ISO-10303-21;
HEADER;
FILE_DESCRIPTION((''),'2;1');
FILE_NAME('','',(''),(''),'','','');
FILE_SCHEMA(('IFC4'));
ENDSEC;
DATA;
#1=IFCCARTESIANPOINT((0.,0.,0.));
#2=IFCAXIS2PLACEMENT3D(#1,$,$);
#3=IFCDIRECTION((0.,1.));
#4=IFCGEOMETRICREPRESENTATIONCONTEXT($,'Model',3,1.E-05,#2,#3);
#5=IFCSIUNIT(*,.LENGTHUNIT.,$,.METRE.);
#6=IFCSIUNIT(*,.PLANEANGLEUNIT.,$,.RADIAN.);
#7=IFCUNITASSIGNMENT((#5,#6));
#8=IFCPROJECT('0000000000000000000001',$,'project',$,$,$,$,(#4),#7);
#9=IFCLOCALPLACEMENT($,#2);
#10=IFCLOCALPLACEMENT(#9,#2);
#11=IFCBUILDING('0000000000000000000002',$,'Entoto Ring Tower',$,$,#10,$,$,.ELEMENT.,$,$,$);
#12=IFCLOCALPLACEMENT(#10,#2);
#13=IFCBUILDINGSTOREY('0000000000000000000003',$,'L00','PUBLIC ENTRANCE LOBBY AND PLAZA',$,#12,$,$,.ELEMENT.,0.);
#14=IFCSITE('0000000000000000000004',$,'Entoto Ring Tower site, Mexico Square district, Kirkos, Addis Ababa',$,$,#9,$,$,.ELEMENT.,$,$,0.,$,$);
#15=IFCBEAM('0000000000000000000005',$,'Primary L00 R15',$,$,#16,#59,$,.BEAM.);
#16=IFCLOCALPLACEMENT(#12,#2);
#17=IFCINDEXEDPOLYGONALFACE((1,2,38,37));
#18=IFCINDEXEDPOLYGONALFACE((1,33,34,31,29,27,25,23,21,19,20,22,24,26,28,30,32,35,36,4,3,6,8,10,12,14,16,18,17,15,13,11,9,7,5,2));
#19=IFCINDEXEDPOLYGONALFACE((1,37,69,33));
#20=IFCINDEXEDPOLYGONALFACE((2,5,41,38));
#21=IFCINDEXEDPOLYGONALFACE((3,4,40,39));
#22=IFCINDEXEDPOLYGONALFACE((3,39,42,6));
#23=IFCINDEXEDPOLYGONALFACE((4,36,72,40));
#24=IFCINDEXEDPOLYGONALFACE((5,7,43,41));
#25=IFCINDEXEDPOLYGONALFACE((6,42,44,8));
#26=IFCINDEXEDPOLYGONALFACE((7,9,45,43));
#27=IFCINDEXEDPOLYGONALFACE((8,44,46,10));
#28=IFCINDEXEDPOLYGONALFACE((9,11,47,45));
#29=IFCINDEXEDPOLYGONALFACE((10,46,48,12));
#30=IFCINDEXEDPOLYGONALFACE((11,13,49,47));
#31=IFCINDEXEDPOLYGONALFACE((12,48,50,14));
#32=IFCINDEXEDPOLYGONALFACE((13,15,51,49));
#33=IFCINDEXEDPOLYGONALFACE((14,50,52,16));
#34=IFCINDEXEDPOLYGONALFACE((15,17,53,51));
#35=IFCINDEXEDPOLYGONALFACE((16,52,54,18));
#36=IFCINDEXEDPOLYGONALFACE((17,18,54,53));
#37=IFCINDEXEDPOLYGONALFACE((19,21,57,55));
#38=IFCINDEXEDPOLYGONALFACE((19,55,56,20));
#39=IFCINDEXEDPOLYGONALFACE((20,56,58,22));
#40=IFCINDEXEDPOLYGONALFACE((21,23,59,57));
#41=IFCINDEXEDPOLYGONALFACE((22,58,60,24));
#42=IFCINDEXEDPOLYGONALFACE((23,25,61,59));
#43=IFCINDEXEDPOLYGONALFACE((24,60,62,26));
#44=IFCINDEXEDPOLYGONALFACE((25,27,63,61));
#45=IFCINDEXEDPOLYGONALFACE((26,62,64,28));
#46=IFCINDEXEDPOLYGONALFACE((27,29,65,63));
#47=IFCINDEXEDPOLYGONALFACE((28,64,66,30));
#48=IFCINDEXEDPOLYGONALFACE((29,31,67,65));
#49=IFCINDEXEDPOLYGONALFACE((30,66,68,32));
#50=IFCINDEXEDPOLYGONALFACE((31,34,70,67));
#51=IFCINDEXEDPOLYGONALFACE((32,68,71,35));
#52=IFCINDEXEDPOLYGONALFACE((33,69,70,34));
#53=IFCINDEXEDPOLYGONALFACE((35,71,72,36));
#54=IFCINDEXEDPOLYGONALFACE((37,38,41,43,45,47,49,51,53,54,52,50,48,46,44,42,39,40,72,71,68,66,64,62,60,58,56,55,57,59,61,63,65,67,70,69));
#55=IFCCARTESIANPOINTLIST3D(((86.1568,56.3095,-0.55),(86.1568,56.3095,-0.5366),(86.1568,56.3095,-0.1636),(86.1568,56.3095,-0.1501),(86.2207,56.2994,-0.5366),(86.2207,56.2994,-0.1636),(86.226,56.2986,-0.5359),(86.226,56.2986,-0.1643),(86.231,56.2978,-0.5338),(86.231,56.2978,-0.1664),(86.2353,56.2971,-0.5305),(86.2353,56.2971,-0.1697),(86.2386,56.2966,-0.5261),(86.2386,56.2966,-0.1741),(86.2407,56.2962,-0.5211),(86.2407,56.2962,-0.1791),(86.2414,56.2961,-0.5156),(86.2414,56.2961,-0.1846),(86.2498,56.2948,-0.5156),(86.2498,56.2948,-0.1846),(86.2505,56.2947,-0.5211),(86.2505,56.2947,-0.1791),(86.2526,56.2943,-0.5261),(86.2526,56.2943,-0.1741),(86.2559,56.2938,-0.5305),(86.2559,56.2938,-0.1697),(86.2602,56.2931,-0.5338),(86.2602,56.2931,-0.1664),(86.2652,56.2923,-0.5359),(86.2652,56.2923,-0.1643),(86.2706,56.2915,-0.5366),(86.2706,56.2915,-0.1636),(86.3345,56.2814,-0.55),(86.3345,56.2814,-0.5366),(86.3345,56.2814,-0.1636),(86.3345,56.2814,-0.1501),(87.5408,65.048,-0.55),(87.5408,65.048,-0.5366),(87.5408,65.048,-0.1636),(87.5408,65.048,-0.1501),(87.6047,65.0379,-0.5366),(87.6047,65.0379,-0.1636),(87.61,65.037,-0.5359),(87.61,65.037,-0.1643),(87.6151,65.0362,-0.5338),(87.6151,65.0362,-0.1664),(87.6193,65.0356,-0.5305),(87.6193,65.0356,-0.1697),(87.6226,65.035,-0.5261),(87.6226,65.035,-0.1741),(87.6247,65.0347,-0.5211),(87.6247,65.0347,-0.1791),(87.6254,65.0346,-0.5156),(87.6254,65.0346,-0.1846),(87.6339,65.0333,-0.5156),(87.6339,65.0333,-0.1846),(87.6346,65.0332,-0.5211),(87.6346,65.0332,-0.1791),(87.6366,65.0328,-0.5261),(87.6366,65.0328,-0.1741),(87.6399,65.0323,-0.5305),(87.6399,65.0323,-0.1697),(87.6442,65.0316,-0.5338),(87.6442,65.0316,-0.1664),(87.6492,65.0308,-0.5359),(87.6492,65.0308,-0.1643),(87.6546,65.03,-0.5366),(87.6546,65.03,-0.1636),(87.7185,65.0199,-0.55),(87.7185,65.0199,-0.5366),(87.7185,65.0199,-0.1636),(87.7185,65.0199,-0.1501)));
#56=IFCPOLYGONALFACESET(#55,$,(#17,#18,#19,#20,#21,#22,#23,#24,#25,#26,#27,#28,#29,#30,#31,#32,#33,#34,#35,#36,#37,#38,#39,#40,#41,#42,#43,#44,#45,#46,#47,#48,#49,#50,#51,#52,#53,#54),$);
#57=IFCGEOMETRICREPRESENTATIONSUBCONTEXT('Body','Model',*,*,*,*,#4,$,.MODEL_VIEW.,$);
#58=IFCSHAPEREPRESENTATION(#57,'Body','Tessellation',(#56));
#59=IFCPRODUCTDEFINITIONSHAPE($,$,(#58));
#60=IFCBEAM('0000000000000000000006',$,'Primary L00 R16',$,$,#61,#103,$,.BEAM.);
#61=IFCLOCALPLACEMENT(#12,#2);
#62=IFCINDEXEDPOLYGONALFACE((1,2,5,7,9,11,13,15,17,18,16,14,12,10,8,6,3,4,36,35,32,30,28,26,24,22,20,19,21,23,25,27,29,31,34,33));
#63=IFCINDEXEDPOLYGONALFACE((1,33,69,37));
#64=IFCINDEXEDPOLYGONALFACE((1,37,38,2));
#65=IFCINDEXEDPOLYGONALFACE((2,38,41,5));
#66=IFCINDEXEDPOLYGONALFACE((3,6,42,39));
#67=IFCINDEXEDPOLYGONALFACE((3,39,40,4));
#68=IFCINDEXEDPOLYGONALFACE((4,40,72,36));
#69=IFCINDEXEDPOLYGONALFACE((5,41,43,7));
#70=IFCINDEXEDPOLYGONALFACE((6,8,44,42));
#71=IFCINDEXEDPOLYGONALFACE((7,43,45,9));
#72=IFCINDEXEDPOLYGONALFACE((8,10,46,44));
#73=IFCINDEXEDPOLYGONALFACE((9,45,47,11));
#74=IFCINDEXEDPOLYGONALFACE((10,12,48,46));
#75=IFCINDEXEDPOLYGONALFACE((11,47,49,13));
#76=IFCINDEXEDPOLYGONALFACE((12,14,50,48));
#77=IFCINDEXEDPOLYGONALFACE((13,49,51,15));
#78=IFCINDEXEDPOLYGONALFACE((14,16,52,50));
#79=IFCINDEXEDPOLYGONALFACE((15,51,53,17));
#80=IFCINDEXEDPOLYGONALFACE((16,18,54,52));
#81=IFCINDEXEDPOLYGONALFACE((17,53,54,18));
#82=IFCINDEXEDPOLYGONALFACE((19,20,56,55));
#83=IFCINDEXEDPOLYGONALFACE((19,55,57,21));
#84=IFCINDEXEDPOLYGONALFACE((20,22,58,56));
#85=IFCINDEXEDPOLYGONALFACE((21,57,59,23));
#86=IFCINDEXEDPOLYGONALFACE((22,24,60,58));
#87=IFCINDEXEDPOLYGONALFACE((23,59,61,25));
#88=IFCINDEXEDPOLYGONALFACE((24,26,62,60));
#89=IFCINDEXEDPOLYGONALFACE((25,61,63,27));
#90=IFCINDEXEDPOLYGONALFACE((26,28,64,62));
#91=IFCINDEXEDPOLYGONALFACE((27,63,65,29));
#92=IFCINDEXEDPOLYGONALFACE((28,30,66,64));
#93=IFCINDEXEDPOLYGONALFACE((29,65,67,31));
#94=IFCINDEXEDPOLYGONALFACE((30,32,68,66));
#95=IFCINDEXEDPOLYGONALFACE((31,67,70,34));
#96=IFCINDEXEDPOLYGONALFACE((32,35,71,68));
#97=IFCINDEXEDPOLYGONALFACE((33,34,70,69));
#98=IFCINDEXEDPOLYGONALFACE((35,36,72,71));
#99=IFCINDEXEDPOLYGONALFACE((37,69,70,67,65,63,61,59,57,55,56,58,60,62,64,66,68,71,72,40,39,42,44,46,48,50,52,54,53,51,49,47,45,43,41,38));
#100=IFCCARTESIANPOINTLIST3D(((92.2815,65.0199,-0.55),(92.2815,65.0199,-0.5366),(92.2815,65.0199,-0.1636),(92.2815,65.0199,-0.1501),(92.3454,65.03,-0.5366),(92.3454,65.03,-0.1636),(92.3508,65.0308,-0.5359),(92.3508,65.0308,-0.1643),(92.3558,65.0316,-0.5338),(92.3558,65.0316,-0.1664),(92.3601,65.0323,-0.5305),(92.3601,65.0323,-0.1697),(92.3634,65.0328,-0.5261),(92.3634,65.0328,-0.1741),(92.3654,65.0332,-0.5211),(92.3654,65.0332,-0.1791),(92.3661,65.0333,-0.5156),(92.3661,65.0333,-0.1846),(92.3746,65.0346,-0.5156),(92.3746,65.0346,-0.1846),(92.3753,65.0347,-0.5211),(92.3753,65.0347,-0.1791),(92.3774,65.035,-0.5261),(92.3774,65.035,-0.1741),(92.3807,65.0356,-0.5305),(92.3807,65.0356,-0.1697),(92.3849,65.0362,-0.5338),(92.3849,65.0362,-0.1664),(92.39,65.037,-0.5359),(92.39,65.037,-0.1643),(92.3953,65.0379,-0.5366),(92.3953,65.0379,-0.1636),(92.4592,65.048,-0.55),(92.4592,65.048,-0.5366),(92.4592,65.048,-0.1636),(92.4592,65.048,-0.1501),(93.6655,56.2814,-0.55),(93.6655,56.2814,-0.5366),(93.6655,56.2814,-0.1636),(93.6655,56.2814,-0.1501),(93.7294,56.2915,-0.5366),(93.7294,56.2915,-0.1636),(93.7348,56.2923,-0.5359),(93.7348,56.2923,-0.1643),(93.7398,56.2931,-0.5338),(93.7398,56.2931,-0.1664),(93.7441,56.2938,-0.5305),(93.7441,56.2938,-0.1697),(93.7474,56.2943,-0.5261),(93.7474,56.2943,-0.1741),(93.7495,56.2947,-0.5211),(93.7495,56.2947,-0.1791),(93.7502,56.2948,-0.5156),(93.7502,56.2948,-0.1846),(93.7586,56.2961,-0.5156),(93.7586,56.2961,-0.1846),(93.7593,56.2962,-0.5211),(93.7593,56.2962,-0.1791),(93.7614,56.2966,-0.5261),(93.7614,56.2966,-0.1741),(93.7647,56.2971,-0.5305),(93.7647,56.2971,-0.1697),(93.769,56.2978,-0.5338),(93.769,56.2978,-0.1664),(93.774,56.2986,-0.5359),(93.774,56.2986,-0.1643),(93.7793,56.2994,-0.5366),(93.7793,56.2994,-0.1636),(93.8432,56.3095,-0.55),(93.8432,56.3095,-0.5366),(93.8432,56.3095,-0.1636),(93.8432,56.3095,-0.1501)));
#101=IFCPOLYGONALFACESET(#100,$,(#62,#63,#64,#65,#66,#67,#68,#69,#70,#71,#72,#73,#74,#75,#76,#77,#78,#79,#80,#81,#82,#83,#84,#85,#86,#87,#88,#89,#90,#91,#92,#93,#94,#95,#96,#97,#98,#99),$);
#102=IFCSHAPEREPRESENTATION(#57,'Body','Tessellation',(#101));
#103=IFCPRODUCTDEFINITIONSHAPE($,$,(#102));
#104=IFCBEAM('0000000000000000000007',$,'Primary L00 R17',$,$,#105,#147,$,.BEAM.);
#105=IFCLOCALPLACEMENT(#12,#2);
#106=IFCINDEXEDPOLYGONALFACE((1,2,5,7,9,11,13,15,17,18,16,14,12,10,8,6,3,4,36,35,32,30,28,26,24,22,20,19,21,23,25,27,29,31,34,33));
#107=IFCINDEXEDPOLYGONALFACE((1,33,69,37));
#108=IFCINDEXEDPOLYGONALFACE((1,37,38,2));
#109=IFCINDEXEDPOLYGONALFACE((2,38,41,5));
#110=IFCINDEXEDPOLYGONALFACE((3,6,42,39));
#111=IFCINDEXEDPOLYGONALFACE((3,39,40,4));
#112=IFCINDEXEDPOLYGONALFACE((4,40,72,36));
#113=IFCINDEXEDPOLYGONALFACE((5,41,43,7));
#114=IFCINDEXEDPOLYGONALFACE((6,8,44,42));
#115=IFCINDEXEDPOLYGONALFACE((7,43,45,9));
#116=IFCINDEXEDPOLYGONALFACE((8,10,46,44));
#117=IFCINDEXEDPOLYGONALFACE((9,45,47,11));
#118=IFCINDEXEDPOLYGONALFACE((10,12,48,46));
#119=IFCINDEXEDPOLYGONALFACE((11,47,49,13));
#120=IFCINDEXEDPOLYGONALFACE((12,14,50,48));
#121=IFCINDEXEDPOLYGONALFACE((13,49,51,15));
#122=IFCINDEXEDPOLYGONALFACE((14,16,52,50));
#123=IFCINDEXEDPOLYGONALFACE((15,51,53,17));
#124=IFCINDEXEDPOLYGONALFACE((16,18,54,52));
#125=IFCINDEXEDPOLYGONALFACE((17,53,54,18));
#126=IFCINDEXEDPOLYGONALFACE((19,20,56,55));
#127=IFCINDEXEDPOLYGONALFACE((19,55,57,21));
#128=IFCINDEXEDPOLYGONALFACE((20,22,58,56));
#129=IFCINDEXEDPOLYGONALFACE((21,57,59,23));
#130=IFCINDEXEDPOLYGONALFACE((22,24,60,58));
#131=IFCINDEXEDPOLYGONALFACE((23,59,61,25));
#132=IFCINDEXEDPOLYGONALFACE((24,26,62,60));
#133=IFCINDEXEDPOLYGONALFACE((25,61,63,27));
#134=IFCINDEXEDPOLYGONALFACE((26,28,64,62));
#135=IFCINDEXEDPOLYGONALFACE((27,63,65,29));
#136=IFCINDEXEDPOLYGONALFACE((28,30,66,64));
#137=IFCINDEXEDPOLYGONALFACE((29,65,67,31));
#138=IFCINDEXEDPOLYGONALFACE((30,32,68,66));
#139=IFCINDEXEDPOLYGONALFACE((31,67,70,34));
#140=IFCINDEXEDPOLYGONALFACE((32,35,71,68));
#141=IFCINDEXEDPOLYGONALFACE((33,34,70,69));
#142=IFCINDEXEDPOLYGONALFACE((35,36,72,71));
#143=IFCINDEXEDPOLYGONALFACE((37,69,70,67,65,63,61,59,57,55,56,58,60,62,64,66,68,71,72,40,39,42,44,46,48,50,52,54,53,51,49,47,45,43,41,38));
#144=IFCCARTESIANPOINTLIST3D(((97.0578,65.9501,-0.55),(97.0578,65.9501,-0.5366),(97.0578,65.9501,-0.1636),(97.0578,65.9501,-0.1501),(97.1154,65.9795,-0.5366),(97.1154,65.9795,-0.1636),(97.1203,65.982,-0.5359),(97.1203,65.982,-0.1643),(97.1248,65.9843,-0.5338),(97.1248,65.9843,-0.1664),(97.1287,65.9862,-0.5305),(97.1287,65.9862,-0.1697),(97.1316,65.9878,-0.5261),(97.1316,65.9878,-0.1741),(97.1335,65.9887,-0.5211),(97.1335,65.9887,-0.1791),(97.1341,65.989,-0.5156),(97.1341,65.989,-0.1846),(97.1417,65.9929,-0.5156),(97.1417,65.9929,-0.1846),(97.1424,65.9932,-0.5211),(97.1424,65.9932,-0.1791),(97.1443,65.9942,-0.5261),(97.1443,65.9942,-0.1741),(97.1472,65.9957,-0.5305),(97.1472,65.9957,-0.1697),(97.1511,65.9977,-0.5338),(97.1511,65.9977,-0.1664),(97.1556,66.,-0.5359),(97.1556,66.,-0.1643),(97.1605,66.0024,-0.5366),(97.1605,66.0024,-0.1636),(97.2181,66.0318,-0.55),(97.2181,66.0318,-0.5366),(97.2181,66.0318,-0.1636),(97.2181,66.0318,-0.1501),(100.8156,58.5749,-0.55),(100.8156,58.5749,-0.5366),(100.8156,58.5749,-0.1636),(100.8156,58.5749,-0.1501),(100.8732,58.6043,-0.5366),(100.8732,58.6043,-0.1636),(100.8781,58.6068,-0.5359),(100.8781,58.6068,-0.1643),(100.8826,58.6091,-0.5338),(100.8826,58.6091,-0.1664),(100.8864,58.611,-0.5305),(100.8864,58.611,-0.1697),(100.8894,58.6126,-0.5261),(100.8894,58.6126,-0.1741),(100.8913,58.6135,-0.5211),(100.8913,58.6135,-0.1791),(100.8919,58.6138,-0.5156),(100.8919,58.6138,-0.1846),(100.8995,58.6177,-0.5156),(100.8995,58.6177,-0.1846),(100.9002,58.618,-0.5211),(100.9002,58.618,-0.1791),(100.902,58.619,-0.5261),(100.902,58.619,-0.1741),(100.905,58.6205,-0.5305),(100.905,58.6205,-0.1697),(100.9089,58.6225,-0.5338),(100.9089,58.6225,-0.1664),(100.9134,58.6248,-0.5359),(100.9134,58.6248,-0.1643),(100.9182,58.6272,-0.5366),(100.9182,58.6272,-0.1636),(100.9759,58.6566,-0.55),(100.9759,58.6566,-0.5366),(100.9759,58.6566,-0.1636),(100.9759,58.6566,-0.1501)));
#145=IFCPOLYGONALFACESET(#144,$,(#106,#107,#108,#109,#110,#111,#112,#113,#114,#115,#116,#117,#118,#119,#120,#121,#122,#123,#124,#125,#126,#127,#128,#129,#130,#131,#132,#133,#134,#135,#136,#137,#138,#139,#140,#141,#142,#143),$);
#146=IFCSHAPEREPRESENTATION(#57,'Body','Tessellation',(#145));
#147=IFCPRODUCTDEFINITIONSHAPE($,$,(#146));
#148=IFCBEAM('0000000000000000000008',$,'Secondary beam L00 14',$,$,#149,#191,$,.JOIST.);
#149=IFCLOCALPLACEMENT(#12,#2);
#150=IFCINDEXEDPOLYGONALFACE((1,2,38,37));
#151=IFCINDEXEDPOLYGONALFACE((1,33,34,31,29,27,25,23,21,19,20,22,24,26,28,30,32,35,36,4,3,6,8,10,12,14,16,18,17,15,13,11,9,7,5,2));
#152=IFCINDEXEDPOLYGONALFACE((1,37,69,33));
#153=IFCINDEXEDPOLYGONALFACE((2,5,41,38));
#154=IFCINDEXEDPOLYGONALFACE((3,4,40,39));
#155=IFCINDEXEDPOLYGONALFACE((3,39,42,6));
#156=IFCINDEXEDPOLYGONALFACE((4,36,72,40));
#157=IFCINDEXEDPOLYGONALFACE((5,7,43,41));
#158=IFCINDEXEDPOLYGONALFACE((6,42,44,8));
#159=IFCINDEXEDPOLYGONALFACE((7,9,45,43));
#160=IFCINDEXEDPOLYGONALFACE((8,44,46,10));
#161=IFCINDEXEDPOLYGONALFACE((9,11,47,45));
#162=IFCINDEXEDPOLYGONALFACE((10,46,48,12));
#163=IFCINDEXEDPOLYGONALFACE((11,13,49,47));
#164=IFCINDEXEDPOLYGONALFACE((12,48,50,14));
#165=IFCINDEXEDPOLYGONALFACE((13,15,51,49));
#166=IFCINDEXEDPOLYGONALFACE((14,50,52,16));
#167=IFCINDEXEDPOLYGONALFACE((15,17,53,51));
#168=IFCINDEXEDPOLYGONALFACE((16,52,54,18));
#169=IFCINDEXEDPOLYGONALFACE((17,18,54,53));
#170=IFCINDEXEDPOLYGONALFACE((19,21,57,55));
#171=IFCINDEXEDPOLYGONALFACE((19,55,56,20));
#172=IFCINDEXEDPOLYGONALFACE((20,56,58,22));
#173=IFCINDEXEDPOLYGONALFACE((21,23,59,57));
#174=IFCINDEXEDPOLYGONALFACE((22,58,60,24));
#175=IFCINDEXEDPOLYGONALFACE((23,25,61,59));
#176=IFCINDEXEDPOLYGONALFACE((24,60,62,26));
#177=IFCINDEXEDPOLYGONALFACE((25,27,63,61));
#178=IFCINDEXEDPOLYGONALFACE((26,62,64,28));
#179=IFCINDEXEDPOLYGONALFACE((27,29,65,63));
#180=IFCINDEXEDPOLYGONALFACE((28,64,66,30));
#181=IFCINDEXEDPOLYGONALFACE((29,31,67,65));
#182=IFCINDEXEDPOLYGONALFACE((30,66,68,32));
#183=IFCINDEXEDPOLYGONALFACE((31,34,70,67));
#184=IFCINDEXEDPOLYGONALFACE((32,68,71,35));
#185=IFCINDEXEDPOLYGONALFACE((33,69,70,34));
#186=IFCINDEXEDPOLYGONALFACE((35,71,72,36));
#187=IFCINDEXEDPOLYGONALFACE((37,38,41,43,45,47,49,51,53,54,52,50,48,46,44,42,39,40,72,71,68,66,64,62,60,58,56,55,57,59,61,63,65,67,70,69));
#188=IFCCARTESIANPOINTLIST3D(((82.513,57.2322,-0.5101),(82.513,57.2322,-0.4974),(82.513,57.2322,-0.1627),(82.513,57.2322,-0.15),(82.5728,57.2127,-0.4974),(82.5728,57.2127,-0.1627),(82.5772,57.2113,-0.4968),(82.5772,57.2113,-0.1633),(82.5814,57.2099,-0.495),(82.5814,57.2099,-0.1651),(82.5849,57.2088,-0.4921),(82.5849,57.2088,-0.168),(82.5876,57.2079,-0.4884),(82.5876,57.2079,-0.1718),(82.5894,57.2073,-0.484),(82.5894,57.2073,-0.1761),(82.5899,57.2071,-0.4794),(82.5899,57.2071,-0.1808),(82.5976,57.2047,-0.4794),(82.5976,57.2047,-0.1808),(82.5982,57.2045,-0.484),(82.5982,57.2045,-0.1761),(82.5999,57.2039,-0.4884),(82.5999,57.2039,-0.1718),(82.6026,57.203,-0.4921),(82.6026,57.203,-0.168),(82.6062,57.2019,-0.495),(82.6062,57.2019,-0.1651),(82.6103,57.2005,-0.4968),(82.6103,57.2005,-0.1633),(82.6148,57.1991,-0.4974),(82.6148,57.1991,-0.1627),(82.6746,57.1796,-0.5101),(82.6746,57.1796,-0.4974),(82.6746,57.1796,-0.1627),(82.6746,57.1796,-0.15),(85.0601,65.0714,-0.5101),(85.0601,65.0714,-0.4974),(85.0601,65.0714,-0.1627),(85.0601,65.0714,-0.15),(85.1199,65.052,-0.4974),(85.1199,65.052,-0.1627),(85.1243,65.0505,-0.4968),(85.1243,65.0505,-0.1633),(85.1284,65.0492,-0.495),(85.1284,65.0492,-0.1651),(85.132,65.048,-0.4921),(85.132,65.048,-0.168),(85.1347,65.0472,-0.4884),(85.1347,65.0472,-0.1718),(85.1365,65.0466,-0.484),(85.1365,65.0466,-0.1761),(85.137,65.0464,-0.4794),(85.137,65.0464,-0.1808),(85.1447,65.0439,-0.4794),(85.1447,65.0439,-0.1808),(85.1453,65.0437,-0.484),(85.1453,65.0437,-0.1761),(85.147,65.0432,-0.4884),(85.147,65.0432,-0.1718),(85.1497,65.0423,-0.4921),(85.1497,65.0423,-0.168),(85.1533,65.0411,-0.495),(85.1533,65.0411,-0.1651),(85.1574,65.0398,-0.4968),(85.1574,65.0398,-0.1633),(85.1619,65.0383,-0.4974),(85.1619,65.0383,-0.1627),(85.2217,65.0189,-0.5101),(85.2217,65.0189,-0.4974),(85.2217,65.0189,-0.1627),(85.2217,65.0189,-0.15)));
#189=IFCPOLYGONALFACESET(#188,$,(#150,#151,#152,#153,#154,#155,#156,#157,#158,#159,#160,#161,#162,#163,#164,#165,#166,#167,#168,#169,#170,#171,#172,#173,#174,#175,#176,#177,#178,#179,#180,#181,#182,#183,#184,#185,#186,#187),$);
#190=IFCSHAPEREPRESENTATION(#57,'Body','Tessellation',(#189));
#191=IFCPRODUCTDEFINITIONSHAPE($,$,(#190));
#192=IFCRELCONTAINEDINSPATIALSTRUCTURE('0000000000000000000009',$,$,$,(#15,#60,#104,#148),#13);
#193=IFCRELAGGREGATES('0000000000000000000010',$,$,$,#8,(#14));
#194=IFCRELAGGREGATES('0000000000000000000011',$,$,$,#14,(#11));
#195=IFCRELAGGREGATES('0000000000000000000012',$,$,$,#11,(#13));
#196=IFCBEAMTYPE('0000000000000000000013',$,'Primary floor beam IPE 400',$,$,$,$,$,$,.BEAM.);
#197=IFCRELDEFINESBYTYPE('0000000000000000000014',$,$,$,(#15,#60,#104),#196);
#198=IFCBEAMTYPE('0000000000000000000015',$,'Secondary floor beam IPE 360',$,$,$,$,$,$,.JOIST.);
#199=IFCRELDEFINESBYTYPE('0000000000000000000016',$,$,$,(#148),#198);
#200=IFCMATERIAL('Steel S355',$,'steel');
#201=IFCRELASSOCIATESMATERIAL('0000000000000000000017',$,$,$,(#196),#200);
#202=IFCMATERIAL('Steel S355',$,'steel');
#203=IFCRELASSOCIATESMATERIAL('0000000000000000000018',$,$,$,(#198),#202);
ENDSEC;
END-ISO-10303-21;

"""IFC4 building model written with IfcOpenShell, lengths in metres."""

from ifc_helpers import new_model, si_unit, direction, frame, origin, origin_2d, place, context, subcontext, project, spatial, i_section, extrude, material, material_profile, profile_set, type_object, element, save


model = new_model("IFC4")

# Units and contexts
model_context = context("Model", 3, precision=1e-05, world=origin(), true_north=direction((0.0, 1.0)))
body_context = subcontext(model_context, "Body", "Model", "MODEL_VIEW")
ifc_project = project(units=[si_unit("LENGTHUNIT", "METRE"), si_unit("PLANEANGLEUNIT", "RADIAN")], contexts=[model_context])

# Site, building, storey
site_placement = place(None, origin())
site = spatial("IfcSite", under=ifc_project, at=site_placement, Name="Entoto Ring Tower site, Mexico Square district, Kirkos, Addis Ababa", CompositionType="ELEMENT", RefElevation=0.0)
building_placement = place(site_placement, origin())
building = spatial("IfcBuilding", under=site, at=building_placement, Name="Entoto Ring Tower", CompositionType="ELEMENT")
storey_placement = place(building_placement, origin())
storey = spatial("IfcBuildingStorey", under=building, at=storey_placement, Name="L00", Description="PUBLIC ENTRANCE LOBBY AND PLAZA", CompositionType="ELEMENT", Elevation=0.0)

# Beams
ifc_material_1 = material(Name="Steel S355", Category="steel")
ifc_material_profile_1 = material_profile(ifc_material_1, i_section(OverallWidth=0.1799, OverallDepth=0.3999, WebThickness=0.0085, FlangeThickness=0.0134, FilletRadius=0.021, at=origin_2d()), Name="IPE 400")
ifc_profile_set_1 = profile_set([ifc_material_profile_1], Name="Steel S355")
beam_type_1 = type_object("IfcBeamType", Name="Primary floor beam IPE 400", PredefinedType="BEAM", material=ifc_profile_set_1)
for number, where, z_axis, x_axis, name in (
    (1, (87.6296, 65.0339, -0.3501), (-0.156433, -0.987689, 0.0), (0.987689, -0.156433, 0.0), "Primary L00 R15"),
    (2, (92.3704, 65.0339, -0.3501), (0.156433, -0.987689, 0.0), (0.987689, 0.156433, 0.0), "Primary L00 R16"),
):
    element("IfcBeam", number, at=place(storey_placement, frame(where, z_axis=z_axis, x_axis=x_axis)), inside=storey, type_object=beam_type_1, Name=name, PredefinedType="BEAM", context=body_context, shape_type="SweptSolid", body=[
        extrude(i_section(OverallWidth=0.1799, OverallDepth=0.3999, WebThickness=0.0085, FlangeThickness=0.0134, FilletRadius=0.021, at=origin_2d()), origin(), (0.0, 0.0, 1.0), 8.8474),
    ])
beam_1_placement = place(storey_placement, frame((97.1379, 65.991, -0.3501), z_axis=(0.453985, -0.89101, 0.0), x_axis=(0.89101, 0.453985, 0.0)))
element("IfcBeam", 3, at=beam_1_placement, inside=storey, type_object=beam_type_1, Name="Primary L00 R17", PredefinedType="BEAM", context=body_context, shape_type="SweptSolid", body=[
    extrude(i_section(OverallWidth=0.1799, OverallDepth=0.3999, WebThickness=0.0085, FlangeThickness=0.0134, FilletRadius=0.021, at=origin_2d()), origin(), (0.0, 0.0, 1.0), 8.2773),
])
ifc_material_2 = material(Name="Steel S355", Category="steel")
ifc_material_profile_2 = material_profile(ifc_material_2, i_section(OverallWidth=0.1699, OverallDepth=0.3601, WebThickness=0.0081, FlangeThickness=0.0127, FilletRadius=0.0181, at=origin_2d()), Name="IPE 360")
ifc_profile_set_2 = profile_set([ifc_material_profile_2], Name="Steel S355")
beam_type_2 = type_object("IfcBeamType", Name="Secondary floor beam IPE 360", PredefinedType="JOIST", material=ifc_profile_set_2)
beam_2_placement = place(storey_placement, frame((85.1409, 65.0452, -0.3301), z_axis=(-0.309012, -0.951058, 0.0), x_axis=(0.951058, -0.309012, 0.0)))
element("IfcBeam", 4, at=beam_2_placement, inside=storey, type_object=beam_type_2, Name="Secondary beam L00 14", PredefinedType="JOIST", context=body_context, shape_type="SweptSolid", body=[
    extrude(i_section(OverallWidth=0.1699, OverallDepth=0.3601, WebThickness=0.0081, FlangeThickness=0.0127, FilletRadius=0.0181, at=origin_2d()), origin(), (0.0, 0.0, 1.0), 8.2427),
])

save(model, "model.ifc")
